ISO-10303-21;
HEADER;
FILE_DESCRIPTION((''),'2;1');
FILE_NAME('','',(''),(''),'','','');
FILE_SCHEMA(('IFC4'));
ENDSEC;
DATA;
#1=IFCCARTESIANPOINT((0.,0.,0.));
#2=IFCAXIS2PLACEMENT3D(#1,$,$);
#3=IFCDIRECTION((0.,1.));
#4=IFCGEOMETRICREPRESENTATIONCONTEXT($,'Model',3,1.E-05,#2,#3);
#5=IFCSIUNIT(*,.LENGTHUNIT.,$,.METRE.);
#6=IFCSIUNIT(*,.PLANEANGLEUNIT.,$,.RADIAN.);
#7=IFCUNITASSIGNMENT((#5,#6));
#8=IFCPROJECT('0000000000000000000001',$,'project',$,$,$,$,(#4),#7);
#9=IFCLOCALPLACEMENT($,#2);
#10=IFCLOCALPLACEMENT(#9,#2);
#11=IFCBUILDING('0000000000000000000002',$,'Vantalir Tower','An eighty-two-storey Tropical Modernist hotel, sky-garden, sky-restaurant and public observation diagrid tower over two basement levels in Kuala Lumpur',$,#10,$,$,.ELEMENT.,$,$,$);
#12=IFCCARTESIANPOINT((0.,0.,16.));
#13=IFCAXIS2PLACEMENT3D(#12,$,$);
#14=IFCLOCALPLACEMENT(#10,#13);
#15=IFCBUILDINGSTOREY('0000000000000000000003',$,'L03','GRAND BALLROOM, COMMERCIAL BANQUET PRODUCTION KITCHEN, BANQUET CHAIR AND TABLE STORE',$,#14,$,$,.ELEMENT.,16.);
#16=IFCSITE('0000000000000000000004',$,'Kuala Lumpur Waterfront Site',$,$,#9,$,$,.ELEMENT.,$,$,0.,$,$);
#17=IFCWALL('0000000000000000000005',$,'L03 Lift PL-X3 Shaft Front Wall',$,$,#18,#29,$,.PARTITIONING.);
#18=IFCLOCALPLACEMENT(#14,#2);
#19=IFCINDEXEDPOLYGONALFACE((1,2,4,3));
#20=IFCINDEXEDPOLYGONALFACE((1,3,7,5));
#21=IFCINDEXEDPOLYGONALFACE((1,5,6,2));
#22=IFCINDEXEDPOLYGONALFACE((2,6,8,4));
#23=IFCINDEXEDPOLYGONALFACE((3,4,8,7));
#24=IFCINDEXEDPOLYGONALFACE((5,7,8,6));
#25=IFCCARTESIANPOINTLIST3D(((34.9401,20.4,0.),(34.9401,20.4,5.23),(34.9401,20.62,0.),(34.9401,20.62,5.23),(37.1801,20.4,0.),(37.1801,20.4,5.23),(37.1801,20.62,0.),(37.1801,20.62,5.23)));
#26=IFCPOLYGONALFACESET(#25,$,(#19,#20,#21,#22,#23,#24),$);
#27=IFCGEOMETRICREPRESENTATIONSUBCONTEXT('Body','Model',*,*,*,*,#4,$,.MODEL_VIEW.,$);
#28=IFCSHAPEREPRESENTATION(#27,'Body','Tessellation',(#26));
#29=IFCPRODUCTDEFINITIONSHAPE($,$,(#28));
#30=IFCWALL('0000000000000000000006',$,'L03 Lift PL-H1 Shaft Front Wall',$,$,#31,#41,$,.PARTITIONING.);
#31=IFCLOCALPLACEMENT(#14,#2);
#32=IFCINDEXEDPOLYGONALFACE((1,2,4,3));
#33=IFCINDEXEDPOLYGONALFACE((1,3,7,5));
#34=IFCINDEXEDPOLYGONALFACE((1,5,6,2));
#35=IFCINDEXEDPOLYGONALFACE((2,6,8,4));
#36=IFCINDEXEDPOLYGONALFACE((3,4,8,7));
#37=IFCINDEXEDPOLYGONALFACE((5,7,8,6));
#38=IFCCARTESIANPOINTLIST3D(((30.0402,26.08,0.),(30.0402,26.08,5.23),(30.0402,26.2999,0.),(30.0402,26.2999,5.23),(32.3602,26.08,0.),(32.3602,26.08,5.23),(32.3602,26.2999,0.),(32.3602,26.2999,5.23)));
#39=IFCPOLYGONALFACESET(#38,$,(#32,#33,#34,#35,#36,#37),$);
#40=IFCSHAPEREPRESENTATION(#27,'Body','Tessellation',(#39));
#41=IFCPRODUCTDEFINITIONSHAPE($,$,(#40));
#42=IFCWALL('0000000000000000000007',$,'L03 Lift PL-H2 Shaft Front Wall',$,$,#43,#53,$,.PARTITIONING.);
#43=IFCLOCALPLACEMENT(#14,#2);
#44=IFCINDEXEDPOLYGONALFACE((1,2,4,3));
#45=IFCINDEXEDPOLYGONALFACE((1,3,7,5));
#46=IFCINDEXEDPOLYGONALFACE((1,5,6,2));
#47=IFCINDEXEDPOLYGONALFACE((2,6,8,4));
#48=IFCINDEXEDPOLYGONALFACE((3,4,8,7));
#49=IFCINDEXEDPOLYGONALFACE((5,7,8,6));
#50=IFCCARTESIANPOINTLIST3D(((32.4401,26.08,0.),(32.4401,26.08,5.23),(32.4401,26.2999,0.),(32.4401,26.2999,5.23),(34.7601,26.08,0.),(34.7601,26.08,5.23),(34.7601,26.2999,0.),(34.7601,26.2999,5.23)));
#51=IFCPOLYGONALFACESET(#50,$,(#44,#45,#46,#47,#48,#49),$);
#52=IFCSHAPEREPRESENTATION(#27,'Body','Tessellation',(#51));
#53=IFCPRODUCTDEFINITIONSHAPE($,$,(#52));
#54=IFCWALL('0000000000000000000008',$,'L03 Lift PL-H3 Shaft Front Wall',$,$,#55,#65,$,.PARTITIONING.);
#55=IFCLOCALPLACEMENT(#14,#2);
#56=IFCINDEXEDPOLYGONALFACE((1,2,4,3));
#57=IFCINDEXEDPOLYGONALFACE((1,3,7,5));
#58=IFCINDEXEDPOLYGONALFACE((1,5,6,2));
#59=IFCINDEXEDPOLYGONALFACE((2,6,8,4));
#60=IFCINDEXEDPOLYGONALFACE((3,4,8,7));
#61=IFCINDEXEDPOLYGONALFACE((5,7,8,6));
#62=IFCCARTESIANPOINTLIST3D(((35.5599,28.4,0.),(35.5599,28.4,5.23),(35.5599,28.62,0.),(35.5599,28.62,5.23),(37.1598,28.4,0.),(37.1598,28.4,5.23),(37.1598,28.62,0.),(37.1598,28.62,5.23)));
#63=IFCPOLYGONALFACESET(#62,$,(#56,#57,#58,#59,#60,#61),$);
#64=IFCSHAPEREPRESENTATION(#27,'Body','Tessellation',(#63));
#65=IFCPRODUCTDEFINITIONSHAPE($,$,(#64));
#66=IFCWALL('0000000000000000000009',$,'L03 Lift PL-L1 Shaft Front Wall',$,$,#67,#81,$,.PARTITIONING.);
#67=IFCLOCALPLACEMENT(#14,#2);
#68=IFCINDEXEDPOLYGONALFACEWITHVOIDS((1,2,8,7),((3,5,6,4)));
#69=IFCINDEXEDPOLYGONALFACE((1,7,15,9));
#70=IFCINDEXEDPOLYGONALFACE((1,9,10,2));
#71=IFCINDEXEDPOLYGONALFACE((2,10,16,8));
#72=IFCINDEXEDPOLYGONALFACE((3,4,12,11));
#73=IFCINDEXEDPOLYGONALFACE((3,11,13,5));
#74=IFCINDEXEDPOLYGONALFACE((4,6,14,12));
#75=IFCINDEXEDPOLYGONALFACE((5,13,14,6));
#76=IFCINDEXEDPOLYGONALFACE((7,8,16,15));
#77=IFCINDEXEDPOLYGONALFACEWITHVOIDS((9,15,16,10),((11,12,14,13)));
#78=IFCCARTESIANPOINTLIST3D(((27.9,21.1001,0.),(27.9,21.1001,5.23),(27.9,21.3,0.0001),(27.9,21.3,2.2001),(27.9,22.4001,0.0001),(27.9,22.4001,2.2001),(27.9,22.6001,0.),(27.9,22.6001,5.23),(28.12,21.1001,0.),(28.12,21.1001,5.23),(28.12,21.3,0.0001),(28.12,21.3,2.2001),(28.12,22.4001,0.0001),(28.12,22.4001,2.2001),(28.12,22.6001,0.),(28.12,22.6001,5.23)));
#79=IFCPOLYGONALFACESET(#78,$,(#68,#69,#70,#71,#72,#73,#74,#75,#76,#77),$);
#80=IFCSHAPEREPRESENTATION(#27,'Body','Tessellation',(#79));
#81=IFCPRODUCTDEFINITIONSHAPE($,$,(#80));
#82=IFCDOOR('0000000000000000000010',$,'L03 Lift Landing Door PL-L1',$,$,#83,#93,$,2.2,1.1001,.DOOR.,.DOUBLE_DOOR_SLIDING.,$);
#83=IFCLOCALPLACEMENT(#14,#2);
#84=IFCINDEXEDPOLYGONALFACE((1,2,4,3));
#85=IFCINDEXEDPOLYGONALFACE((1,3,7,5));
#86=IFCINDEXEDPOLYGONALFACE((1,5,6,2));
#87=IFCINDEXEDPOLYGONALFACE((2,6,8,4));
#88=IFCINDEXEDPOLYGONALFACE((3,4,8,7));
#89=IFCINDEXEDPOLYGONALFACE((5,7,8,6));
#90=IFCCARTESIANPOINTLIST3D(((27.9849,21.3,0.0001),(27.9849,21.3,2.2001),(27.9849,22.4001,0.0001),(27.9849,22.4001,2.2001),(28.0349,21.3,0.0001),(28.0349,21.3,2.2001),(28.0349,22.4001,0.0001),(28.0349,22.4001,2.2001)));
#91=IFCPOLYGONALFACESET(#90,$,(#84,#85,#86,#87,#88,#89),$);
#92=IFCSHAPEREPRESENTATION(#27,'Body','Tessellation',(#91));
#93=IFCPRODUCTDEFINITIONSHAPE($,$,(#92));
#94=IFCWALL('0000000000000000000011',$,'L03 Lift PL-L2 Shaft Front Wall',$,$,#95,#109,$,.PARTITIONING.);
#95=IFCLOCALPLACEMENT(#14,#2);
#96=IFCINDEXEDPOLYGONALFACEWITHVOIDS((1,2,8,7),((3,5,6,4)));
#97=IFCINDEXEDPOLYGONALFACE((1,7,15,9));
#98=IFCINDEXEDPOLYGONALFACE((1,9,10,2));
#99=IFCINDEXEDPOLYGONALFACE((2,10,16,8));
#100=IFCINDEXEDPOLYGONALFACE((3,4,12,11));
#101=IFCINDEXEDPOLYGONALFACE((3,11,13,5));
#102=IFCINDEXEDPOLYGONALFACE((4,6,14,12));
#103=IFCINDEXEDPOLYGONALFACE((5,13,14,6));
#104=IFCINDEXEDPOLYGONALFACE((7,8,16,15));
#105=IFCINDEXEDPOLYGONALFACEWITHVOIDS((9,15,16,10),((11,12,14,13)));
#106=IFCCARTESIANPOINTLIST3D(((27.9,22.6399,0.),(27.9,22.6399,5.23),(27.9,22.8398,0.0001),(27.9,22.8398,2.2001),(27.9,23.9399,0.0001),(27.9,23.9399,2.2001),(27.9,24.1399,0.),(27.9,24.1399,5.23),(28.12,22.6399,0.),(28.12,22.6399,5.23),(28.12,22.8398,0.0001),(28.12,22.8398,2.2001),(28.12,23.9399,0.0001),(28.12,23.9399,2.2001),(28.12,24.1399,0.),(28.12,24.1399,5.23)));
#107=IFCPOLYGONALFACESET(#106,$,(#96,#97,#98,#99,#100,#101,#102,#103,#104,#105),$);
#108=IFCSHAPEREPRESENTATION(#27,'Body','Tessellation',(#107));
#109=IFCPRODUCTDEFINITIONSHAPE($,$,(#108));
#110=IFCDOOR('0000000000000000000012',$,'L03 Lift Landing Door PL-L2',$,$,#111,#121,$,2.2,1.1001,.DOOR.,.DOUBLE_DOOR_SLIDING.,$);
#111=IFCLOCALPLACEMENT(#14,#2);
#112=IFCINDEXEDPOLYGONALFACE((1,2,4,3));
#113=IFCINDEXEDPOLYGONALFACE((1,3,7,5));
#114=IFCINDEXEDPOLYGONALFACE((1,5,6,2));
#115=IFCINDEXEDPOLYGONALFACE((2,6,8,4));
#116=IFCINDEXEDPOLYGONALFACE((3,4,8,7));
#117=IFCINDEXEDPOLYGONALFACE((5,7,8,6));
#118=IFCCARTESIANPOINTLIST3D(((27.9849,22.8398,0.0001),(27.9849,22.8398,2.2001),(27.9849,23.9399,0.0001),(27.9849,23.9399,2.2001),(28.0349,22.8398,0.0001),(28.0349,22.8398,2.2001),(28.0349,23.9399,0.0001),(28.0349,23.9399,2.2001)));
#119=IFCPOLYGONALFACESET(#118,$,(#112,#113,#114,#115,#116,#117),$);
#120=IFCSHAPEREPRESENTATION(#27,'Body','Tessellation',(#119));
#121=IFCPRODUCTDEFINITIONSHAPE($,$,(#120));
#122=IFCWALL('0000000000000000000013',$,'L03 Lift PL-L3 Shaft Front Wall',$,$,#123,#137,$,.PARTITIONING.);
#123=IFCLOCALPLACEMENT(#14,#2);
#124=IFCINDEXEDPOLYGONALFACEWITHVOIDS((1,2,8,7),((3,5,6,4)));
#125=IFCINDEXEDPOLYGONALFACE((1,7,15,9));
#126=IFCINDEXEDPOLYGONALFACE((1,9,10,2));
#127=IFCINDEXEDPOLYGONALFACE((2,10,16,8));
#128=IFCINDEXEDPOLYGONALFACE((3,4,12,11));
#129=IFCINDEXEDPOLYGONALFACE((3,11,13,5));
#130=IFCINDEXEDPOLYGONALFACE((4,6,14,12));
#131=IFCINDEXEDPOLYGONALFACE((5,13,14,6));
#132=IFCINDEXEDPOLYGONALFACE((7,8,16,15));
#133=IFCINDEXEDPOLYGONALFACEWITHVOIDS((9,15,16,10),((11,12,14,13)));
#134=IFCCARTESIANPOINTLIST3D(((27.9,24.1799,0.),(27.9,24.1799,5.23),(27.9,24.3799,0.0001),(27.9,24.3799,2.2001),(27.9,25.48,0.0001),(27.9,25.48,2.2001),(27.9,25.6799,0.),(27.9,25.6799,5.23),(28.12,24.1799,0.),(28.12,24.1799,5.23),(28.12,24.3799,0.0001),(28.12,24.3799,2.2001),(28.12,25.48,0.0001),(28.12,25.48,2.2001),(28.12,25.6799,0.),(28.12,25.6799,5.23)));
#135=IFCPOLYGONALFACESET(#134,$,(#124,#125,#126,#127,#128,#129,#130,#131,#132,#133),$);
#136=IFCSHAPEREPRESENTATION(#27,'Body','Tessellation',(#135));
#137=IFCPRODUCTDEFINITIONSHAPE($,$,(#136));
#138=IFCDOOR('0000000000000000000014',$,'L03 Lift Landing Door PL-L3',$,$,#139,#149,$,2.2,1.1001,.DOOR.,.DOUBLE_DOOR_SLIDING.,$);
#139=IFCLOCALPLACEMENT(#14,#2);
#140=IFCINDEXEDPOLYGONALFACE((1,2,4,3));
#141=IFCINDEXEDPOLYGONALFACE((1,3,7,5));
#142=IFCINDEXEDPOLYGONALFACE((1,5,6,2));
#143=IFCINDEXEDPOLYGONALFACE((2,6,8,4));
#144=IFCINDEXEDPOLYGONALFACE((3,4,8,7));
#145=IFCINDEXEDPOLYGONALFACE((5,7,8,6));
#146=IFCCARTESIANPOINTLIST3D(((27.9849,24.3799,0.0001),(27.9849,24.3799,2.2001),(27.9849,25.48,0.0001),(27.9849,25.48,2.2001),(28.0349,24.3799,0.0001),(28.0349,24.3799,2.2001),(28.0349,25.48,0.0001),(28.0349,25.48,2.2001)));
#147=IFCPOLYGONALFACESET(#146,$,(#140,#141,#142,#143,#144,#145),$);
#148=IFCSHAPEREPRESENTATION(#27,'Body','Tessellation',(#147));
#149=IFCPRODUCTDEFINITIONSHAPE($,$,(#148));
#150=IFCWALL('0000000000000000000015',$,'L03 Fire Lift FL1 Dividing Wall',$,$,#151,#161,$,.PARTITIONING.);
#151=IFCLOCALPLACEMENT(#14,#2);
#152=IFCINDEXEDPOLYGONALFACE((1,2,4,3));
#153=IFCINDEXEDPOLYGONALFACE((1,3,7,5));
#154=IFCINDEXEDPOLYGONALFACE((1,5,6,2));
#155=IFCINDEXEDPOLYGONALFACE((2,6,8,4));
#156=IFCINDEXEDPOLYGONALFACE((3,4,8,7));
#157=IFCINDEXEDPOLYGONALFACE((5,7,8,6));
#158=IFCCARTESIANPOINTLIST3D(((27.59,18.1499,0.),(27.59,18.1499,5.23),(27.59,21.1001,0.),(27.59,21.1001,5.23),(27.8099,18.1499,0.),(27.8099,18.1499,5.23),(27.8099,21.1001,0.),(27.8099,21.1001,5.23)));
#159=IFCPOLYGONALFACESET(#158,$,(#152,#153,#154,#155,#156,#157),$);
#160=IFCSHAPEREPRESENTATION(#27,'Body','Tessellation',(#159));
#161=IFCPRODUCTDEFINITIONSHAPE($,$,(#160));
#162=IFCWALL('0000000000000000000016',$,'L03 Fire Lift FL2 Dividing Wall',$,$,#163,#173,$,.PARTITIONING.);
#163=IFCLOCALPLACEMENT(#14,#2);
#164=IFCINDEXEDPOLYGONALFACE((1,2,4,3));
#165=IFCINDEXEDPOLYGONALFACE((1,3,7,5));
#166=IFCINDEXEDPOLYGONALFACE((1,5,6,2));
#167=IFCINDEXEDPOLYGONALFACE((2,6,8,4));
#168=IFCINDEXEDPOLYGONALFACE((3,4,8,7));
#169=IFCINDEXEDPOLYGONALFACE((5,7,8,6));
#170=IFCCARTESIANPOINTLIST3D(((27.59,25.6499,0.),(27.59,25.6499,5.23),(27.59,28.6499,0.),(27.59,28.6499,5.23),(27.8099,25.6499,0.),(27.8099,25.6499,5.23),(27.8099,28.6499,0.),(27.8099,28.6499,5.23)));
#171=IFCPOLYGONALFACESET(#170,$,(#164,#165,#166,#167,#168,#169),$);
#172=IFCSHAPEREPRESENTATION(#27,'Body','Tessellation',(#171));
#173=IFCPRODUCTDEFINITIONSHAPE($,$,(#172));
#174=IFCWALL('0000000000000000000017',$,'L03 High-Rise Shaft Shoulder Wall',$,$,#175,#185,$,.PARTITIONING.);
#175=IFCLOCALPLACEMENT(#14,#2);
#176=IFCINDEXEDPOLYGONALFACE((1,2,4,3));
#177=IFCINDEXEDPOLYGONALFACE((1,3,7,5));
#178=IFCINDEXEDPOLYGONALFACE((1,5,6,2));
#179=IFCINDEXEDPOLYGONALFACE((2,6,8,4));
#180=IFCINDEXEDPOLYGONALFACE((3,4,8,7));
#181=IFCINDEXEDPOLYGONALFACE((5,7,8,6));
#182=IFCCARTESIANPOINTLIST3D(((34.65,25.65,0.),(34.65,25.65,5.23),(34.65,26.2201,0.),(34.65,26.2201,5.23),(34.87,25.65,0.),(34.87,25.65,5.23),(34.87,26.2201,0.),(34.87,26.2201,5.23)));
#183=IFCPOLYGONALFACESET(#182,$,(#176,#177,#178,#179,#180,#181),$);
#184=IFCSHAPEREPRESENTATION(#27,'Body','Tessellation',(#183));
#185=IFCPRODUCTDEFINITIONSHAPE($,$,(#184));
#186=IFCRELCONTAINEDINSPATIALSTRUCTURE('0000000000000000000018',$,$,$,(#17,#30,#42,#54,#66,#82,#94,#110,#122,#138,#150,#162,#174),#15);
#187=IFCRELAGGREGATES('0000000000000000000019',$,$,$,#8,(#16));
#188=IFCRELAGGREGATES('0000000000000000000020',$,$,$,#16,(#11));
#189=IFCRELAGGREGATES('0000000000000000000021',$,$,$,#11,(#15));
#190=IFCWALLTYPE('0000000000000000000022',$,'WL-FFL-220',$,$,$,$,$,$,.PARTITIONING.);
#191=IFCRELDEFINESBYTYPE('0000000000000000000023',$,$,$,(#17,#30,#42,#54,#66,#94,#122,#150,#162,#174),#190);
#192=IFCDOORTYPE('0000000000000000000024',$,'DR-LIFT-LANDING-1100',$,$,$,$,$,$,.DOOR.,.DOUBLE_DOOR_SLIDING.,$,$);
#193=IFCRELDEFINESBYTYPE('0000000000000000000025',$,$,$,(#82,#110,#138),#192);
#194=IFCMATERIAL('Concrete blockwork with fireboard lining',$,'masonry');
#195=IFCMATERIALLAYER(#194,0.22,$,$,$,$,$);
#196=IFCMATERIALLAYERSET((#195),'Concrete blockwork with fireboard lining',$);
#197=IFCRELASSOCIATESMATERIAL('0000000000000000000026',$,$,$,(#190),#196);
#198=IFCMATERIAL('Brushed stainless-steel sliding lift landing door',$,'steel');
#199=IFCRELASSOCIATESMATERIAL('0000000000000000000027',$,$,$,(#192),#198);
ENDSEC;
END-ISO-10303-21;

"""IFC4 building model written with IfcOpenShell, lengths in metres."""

from ifc_helpers import new_model, si_unit, direction, frame, frame_2d, origin, place, context, subcontext, project, spatial, rectangle, extrude, material, layer, layer_set, type_object, element, fill, save


model = new_model("IFC4")

# Units and contexts
model_context = context("Model", 3, precision=1e-05, world=origin(), true_north=direction((0.0, 1.0)))
body_context = subcontext(model_context, "Body", "Model", "MODEL_VIEW")
ifc_project = project(units=[si_unit("LENGTHUNIT", "METRE"), si_unit("PLANEANGLEUNIT", "RADIAN")], contexts=[model_context])

# Site, building, storey
site_placement = place(None, origin())
site = spatial("IfcSite", under=ifc_project, at=site_placement, Name="Kuala Lumpur Waterfront Site", CompositionType="ELEMENT", RefElevation=0.0)
building_placement = place(site_placement, origin())
building = spatial("IfcBuilding", under=site, at=building_placement, Name="Vantalir Tower", Description="An eighty-two-storey Tropical Modernist hotel, sky-garden, sky-restaurant and public observation diagrid tower over two basement levels in Kuala Lumpur", CompositionType="ELEMENT")
storey_placement = place(building_placement, frame((0.0, 0.0, 16.0)))
storey = spatial("IfcBuildingStorey", under=building, at=storey_placement, Name="L03", Description="GRAND BALLROOM, COMMERCIAL BANQUET PRODUCTION KITCHEN, BANQUET CHAIR AND TABLE STORE", CompositionType="ELEMENT", Elevation=16.0)

# Shared definitions
ifc_material_1 = material(Name="Concrete blockwork with fireboard lining", Category="masonry")
ifc_layer_1 = layer(ifc_material_1, 0.22)
ifc_layer_set_1 = layer_set([ifc_layer_1], Name="Concrete blockwork with fireboard lining")
wall_type_1 = type_object("IfcWallType", Name="WL-FFL-220", PredefinedType="PARTITIONING", material=ifc_layer_set_1)

# Shared definitions
ifc_material_2 = material(Name="Brushed stainless-steel sliding lift landing door", Category="steel")
door_type_1 = type_object("IfcDoorType", Name="DR-LIFT-LANDING-1100", OperationType="DOUBLE_DOOR_SLIDING", PredefinedType="DOOR", material=ifc_material_2)

# Walls
for number, where, z_axis, x_axis, name in (
    (1, (34.9399, 20.51, 0.0), (0.0, 0.0, 1.0), (1.0, 0.0, 0.0), "L03 Lift PL-X3 Shaft Front Wall"),
):
    element("IfcWall", number, at=place(storey_placement, frame(where, z_axis=z_axis, x_axis=x_axis)), inside=storey, type_object=wall_type_1, Name=name, PredefinedType="PARTITIONING", context=body_context, shape_type="SweptSolid", body=[
        extrude(rectangle(XDim=2.24, YDim=0.22, at=frame_2d((1.1201, 0.0))), origin(), (0.0, 0.0, 1.0), 5.23),
    ])
for number, where, z_axis, x_axis, name in (
    (2, (30.04, 26.1899, 0.0), (0.0, 0.0, 1.0), (1.0, 0.0, 0.0), "L03 Lift PL-H1 Shaft Front Wall"),
    (3, (32.4399, 26.1899, 0.0), (0.0, 0.0, 1.0), (1.0, 0.0, 0.0), "L03 Lift PL-H2 Shaft Front Wall"),
):
    element("IfcWall", number, at=place(storey_placement, frame(where, z_axis=z_axis, x_axis=x_axis)), inside=storey, type_object=wall_type_1, Name=name, PredefinedType="PARTITIONING", context=body_context, shape_type="SweptSolid", body=[
        extrude(rectangle(XDim=2.3201, YDim=0.22, at=frame_2d((1.1602, 0.0))), origin(), (0.0, 0.0, 1.0), 5.23),
    ])
wall_1_placement = place(storey_placement, frame((35.5601, 28.51, 0.0), z_axis=(0.0, 0.0, 1.0), x_axis=(1.0, 0.0, 0.0)))
element("IfcWall", 4, at=wall_1_placement, inside=storey, type_object=wall_type_1, Name="L03 Lift PL-H3 Shaft Front Wall", PredefinedType="PARTITIONING", context=body_context, shape_type="SweptSolid", body=[
    extrude(rectangle(XDim=1.5999, YDim=0.22, at=frame_2d((0.7998, 0.0))), origin(), (0.0, 0.0, 1.0), 5.23),
])

# Walls, openings, doors
wall_2_placement = place(storey_placement, frame((28.01, 21.1001, 0.0), z_axis=(0.0, 0.0, 1.0), x_axis=(0.0, 1.0, 0.0)))
wall_2 = element("IfcWall", 5, at=wall_2_placement, inside=storey, type_object=wall_type_1, Name="L03 Lift PL-L1 Shaft Front Wall", PredefinedType="PARTITIONING", context=body_context, shape_type="SweptSolid", body=[
    extrude(rectangle(XDim=1.5, YDim=0.22, at=frame_2d((0.75, 0.0))), origin(), (0.0, 0.0, 1.0), 5.23),
])
opening_1_placement = place(wall_2_placement, frame((0.2, 0.0, 0.0)))
opening_1 = element("IfcOpeningElement", 6, at=opening_1_placement, cuts=wall_2, PredefinedType="OPENING", context=body_context, shape_type="SweptSolid", body=[
    extrude(rectangle(XDim=1.1001, YDim=2.2, at=frame_2d((0.55, 1.1001))), frame((0.0, 0.1199, 0.0), z_axis=(0.0, -1.0, 0.0), x_axis=(1.0, 0.0, 0.0)), (0.0, 0.0, 1.0), 0.24),
])
door_1_placement = place(opening_1_placement, frame((1.1001, 0.0, 0.0), z_axis=(0.0, 0.0, 1.0), x_axis=(-1.0, 0.0, 0.0)))
door_1 = element("IfcDoor", 7, at=door_1_placement, inside=storey, type_object=door_type_1, Name="L03 Lift Landing Door PL-L1", OperationType="DOUBLE_DOOR_SLIDING", OverallHeight=2.2, OverallWidth=1.1001, PredefinedType="DOOR", context=body_context, shape_type="SweptSolid", body=[
    extrude(rectangle(XDim=1.1001, YDim=2.2, at=frame_2d((0.55, 1.1001))), frame((0.0, 0.0249, 0.0), z_axis=(0.0, -1.0, 0.0), x_axis=(1.0, 0.0, 0.0)), (0.0, 0.0, 1.0), 0.05),
])
fill(opening_1, door_1)
wall_3_placement = place(storey_placement, frame((28.01, 22.6399, 0.0), z_axis=(0.0, 0.0, 1.0), x_axis=(0.0, 1.0, 0.0)))
wall_3 = element("IfcWall", 8, at=wall_3_placement, inside=storey, type_object=wall_type_1, Name="L03 Lift PL-L2 Shaft Front Wall", PredefinedType="PARTITIONING", context=body_context, shape_type="SweptSolid", body=[
    extrude(rectangle(XDim=1.5, YDim=0.22, at=frame_2d((0.75, 0.0))), origin(), (0.0, 0.0, 1.0), 5.23),
])
opening_2_placement = place(wall_3_placement, frame((0.2, 0.0, 0.0)))
opening_2 = element("IfcOpeningElement", 9, at=opening_2_placement, cuts=wall_3, PredefinedType="OPENING", context=body_context, shape_type="SweptSolid", body=[
    extrude(rectangle(XDim=1.1001, YDim=2.2, at=frame_2d((0.55, 1.1001))), frame((0.0, 0.1199, 0.0), z_axis=(0.0, -1.0, 0.0), x_axis=(1.0, 0.0, 0.0)), (0.0, 0.0, 1.0), 0.24),
])
door_2_placement = place(opening_2_placement, frame((1.1001, 0.0, 0.0), z_axis=(0.0, 0.0, 1.0), x_axis=(-1.0, 0.0, 0.0)))
door_2 = element("IfcDoor", 10, at=door_2_placement, inside=storey, type_object=door_type_1, Name="L03 Lift Landing Door PL-L2", OperationType="DOUBLE_DOOR_SLIDING", OverallHeight=2.2, OverallWidth=1.1001, PredefinedType="DOOR", context=body_context, shape_type="SweptSolid", body=[
    extrude(rectangle(XDim=1.1001, YDim=2.2, at=frame_2d((0.55, 1.1001))), frame((0.0, 0.0249, 0.0), z_axis=(0.0, -1.0, 0.0), x_axis=(1.0, 0.0, 0.0)), (0.0, 0.0, 1.0), 0.05),
])
fill(opening_2, door_2)
wall_4_placement = place(storey_placement, frame((28.01, 24.1799, 0.0), z_axis=(0.0, 0.0, 1.0), x_axis=(0.0, 1.0, 0.0)))
wall_4 = element("IfcWall", 11, at=wall_4_placement, inside=storey, type_object=wall_type_1, Name="L03 Lift PL-L3 Shaft Front Wall", PredefinedType="PARTITIONING", context=body_context, shape_type="SweptSolid", body=[
    extrude(rectangle(XDim=1.5, YDim=0.22, at=frame_2d((0.75, 0.0))), origin(), (0.0, 0.0, 1.0), 5.23),
])
opening_3_placement = place(wall_4_placement, frame((0.2, 0.0, 0.0)))
opening_3 = element("IfcOpeningElement", 12, at=opening_3_placement, cuts=wall_4, PredefinedType="OPENING", context=body_context, shape_type="SweptSolid", body=[
    extrude(rectangle(XDim=1.1001, YDim=2.2, at=frame_2d((0.55, 1.1001))), frame((0.0, 0.1199, 0.0), z_axis=(0.0, -1.0, 0.0), x_axis=(1.0, 0.0, 0.0)), (0.0, 0.0, 1.0), 0.24),
])
door_3_placement = place(opening_3_placement, frame((1.1001, 0.0, 0.0), z_axis=(0.0, 0.0, 1.0), x_axis=(-1.0, 0.0, 0.0)))
door_3 = element("IfcDoor", 13, at=door_3_placement, inside=storey, type_object=door_type_1, Name="L03 Lift Landing Door PL-L3", OperationType="DOUBLE_DOOR_SLIDING", OverallHeight=2.2, OverallWidth=1.1001, PredefinedType="DOOR", context=body_context, shape_type="SweptSolid", body=[
    extrude(rectangle(XDim=1.1001, YDim=2.2, at=frame_2d((0.55, 1.1001))), frame((0.0, 0.0249, 0.0), z_axis=(0.0, -1.0, 0.0), x_axis=(1.0, 0.0, 0.0)), (0.0, 0.0, 1.0), 0.05),
])
fill(opening_3, door_3)

# Walls
wall_5_placement = place(storey_placement, frame((27.7, 18.1499, 0.0), z_axis=(0.0, 0.0, 1.0), x_axis=(0.0, 1.0, 0.0)))
element("IfcWall", 14, at=wall_5_placement, inside=storey, type_object=wall_type_1, Name="L03 Fire Lift FL1 Dividing Wall", PredefinedType="PARTITIONING", context=body_context, shape_type="SweptSolid", body=[
    extrude(rectangle(XDim=2.9502, YDim=0.22, at=frame_2d((1.4751, 0.0))), origin(), (0.0, 0.0, 1.0), 5.23),
])
wall_6_placement = place(storey_placement, frame((27.7, 25.6499, 0.0), z_axis=(0.0, 0.0, 1.0), x_axis=(0.0, 1.0, 0.0)))
element("IfcWall", 15, at=wall_6_placement, inside=storey, type_object=wall_type_1, Name="L03 Fire Lift FL2 Dividing Wall", PredefinedType="PARTITIONING", context=body_context, shape_type="SweptSolid", body=[
    extrude(rectangle(XDim=3.0, YDim=0.22, at=frame_2d((1.5, 0.0))), origin(), (0.0, 0.0, 1.0), 5.23),
])
wall_7_placement = place(storey_placement, frame((34.76, 25.6499, 0.0), z_axis=(0.0, 0.0, 1.0), x_axis=(0.0, 1.0, 0.0)))
element("IfcWall", 16, at=wall_7_placement, inside=storey, type_object=wall_type_1, Name="L03 High-Rise Shaft Shoulder Wall", PredefinedType="PARTITIONING", context=body_context, shape_type="SweptSolid", body=[
    extrude(rectangle(XDim=0.5701, YDim=0.22, at=frame_2d((0.2852, 0.0))), origin(), (0.0, 0.0, 1.0), 5.23),
])

save(model, "model.ifc")
